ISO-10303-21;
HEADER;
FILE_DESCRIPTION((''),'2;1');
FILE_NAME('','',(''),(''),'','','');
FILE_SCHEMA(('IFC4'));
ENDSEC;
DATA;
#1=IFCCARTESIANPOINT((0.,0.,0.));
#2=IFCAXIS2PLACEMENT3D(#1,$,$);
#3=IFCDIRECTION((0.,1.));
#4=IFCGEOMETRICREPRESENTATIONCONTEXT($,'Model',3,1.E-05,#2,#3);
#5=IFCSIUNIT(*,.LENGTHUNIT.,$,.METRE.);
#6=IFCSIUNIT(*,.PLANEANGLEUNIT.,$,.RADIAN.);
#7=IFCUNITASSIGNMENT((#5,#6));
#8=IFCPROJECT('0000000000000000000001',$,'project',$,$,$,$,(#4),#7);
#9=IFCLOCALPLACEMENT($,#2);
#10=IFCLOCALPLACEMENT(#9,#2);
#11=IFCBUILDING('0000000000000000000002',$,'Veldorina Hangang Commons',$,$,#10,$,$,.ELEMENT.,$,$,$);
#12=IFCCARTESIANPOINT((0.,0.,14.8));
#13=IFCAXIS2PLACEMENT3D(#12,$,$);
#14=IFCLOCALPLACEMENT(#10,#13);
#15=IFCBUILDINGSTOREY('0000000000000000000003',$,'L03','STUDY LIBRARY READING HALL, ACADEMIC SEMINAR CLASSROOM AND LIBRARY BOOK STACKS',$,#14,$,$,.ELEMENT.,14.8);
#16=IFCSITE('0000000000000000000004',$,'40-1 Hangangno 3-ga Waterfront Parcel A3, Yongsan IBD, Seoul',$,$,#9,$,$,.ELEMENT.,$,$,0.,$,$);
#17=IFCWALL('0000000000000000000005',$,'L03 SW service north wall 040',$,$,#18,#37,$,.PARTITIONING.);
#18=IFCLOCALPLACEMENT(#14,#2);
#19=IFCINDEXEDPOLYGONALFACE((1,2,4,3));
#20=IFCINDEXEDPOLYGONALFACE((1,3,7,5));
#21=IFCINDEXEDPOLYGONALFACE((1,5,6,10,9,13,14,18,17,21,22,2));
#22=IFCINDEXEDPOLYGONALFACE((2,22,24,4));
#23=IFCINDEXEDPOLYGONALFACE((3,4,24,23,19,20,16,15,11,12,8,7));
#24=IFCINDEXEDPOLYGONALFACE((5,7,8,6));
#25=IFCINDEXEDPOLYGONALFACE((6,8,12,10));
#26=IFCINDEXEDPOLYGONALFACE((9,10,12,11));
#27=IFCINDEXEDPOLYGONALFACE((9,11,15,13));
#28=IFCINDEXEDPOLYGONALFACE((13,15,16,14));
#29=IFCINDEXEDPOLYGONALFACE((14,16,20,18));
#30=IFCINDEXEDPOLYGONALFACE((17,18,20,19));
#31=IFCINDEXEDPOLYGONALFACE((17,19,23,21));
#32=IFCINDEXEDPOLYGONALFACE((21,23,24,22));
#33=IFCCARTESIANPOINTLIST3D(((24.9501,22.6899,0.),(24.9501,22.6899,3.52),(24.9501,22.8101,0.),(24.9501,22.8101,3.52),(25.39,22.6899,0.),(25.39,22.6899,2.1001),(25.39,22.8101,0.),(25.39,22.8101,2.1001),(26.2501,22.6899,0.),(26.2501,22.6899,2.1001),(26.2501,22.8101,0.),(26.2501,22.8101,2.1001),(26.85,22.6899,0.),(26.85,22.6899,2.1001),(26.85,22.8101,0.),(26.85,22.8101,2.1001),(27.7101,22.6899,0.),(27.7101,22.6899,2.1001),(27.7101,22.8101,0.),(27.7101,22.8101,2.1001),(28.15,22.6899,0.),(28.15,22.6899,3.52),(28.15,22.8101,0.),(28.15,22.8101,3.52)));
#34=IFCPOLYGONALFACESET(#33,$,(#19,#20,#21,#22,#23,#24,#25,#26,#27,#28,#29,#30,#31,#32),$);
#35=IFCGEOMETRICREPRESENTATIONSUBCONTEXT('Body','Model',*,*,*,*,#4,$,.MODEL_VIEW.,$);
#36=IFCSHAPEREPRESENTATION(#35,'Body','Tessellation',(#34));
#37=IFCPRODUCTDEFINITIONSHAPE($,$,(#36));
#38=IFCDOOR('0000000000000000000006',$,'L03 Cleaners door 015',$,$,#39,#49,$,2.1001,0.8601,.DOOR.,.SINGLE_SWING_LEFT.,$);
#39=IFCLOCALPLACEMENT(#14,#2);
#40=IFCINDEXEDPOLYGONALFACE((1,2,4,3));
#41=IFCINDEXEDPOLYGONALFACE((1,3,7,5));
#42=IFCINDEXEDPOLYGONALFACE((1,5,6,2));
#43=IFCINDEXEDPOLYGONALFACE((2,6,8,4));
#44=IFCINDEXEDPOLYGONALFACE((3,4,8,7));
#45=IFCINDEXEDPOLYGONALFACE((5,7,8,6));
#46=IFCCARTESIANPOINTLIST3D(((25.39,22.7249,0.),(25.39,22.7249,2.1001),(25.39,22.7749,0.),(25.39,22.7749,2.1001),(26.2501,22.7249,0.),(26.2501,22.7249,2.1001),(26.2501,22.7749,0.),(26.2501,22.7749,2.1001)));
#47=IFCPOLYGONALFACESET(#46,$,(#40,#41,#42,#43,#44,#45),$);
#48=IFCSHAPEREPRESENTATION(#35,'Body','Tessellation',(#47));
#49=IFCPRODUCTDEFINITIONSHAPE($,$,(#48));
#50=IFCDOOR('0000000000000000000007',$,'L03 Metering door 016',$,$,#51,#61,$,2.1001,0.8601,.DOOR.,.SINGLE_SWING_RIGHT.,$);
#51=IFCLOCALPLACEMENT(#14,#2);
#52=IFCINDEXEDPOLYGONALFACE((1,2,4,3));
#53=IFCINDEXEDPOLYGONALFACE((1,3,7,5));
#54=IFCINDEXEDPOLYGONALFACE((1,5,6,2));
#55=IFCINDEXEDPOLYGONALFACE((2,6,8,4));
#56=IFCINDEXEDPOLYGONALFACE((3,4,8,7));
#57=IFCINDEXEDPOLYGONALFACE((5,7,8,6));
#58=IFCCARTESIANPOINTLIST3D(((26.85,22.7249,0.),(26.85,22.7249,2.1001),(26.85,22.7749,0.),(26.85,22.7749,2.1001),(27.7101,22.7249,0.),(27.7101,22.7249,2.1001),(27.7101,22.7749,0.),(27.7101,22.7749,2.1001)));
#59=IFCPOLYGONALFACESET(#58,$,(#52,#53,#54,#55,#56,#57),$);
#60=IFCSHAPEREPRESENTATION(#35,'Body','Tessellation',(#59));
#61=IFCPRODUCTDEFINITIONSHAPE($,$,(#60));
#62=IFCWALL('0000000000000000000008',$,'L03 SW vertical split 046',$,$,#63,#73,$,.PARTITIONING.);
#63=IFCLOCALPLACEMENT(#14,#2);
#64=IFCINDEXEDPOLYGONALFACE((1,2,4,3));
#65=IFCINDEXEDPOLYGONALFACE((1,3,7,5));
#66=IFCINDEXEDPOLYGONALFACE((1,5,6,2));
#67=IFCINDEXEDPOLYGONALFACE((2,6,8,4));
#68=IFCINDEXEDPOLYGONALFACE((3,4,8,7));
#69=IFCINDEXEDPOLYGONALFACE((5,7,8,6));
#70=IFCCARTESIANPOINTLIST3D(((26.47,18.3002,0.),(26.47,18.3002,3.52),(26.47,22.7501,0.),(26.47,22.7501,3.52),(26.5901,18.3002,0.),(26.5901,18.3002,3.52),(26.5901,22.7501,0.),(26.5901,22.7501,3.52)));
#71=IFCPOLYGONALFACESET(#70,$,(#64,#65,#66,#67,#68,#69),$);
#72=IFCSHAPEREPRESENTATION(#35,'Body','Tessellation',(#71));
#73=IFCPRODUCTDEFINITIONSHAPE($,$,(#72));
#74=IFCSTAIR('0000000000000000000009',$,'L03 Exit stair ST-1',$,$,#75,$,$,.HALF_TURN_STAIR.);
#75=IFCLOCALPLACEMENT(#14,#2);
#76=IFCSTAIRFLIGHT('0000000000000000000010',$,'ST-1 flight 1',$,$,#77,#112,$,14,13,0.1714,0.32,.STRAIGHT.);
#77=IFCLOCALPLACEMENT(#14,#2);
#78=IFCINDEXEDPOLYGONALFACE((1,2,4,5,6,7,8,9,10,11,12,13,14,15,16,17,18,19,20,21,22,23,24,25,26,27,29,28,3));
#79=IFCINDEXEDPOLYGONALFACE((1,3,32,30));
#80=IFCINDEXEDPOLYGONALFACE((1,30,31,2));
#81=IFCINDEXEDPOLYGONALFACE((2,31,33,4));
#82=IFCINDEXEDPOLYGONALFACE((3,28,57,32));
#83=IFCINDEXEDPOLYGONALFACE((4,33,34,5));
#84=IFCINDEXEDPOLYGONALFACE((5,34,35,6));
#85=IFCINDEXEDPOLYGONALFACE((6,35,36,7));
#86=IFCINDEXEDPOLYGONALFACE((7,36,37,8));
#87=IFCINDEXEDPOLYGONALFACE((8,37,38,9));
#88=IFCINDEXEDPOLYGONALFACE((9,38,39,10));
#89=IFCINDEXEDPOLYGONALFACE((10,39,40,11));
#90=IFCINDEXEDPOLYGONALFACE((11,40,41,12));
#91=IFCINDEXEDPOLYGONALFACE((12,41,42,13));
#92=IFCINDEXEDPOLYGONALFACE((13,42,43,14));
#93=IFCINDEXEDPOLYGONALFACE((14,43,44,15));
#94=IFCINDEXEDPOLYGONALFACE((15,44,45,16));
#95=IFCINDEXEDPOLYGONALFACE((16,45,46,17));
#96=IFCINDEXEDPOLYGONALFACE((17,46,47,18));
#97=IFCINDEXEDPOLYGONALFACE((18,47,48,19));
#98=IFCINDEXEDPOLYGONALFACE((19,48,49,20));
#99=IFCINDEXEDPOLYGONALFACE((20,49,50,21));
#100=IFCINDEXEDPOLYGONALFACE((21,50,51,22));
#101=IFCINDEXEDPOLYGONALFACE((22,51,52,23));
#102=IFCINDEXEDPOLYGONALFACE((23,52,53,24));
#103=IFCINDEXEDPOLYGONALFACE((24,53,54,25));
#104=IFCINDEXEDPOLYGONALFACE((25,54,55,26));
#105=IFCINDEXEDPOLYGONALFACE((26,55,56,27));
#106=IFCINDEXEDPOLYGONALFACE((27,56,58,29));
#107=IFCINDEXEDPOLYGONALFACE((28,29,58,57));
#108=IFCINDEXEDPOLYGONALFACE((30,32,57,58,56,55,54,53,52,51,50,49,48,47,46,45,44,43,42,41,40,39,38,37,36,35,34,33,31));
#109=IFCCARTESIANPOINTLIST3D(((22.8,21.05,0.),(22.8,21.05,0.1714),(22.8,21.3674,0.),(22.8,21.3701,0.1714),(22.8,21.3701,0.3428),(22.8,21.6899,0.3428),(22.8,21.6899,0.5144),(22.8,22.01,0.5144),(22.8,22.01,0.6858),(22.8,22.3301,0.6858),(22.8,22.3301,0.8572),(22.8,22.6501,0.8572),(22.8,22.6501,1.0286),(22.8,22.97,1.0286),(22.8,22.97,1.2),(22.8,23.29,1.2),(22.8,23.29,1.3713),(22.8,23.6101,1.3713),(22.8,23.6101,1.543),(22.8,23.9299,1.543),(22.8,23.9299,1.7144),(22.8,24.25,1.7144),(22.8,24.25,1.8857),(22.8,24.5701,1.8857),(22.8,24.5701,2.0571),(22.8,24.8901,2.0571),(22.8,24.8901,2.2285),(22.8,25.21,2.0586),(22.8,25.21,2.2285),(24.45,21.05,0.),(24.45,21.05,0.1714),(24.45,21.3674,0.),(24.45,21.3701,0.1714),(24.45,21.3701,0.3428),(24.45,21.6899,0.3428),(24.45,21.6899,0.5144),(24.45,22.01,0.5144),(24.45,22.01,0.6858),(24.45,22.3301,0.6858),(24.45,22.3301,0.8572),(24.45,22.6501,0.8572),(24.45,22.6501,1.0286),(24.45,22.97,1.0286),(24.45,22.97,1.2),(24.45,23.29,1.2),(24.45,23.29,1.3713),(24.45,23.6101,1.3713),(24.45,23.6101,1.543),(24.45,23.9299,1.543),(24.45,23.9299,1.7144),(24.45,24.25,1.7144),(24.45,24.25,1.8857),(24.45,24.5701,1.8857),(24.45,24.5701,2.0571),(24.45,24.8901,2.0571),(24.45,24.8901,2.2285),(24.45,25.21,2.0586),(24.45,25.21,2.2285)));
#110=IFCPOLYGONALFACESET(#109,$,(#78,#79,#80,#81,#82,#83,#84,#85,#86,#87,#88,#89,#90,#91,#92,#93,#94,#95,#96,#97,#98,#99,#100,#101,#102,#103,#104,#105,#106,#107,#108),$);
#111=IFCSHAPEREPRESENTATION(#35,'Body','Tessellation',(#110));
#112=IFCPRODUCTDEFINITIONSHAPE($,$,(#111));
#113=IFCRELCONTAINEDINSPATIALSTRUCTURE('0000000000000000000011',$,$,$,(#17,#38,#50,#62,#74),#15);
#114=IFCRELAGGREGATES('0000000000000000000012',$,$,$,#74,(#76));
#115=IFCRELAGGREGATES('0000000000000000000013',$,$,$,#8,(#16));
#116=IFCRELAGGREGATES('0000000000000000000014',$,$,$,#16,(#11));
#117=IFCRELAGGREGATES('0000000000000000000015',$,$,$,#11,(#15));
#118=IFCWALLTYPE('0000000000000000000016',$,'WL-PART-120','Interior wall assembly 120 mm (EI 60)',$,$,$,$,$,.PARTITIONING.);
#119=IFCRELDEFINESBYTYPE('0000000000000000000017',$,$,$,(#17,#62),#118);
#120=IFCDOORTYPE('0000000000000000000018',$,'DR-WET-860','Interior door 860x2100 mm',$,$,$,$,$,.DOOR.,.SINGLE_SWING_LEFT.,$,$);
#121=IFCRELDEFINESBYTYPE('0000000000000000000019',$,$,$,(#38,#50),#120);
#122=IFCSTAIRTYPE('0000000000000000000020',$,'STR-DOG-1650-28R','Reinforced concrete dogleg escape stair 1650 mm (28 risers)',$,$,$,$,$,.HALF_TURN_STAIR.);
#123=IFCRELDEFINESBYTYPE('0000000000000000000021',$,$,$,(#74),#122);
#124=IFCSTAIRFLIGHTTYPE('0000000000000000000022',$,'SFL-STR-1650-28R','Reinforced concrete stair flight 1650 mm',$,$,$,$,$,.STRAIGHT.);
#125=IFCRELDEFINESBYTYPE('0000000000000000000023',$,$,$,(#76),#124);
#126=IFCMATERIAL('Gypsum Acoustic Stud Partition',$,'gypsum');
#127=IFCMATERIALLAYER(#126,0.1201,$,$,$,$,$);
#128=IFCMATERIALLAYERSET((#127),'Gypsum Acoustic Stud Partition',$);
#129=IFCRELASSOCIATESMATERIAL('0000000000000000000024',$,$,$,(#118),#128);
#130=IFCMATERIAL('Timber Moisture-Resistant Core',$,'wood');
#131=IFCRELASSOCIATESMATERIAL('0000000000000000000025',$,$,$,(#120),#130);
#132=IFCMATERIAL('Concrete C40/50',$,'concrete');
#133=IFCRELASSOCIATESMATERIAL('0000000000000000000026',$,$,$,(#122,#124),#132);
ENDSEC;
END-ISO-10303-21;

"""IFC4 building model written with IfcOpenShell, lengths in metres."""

from ifc_helpers import new_model, si_unit, direction, frame, frame_2d, origin, place, context, subcontext, project, spatial, polyline, rectangle, outline, extrude, material, layer, layer_set, type_object, element, fill, aggregate, save


model = new_model("IFC4")

# Units and contexts
model_context = context("Model", 3, precision=1e-05, world=origin(), true_north=direction((0.0, 1.0)))
body_context = subcontext(model_context, "Body", "Model", "MODEL_VIEW")
ifc_project = project(units=[si_unit("LENGTHUNIT", "METRE"), si_unit("PLANEANGLEUNIT", "RADIAN")], contexts=[model_context])

# Site, building, storey
site_placement = place(None, origin())
site = spatial("IfcSite", under=ifc_project, at=site_placement, Name="40-1 Hangangno 3-ga Waterfront Parcel A3, Yongsan IBD, Seoul", CompositionType="ELEMENT", RefElevation=0.0)
building_placement = place(site_placement, origin())
building = spatial("IfcBuilding", under=site, at=building_placement, Name="Veldorina Hangang Commons", CompositionType="ELEMENT")
storey_placement = place(building_placement, frame((0.0, 0.0, 14.8)))
storey = spatial("IfcBuildingStorey", under=building, at=storey_placement, Name="L03", Description="STUDY LIBRARY READING HALL, ACADEMIC SEMINAR CLASSROOM AND LIBRARY BOOK STACKS", CompositionType="ELEMENT", Elevation=14.8)

# Wall, openings, doors
ifc_material_1 = material(Name="Gypsum Acoustic Stud Partition", Category="gypsum")
ifc_layer_1 = layer(ifc_material_1, 0.1201)
ifc_layer_set_1 = layer_set([ifc_layer_1], Name="Gypsum Acoustic Stud Partition")
wall_type_1 = type_object("IfcWallType", Name="WL-PART-120", Description="Interior wall assembly 120 mm (EI 60)", PredefinedType="PARTITIONING", material=ifc_layer_set_1)
wall_1_placement = place(storey_placement, frame((24.95, 22.75, 0.0), z_axis=(0.0, 0.0, 1.0), x_axis=(1.0, 0.0, 0.0)))
wall_1 = element("IfcWall", 1, at=wall_1_placement, inside=storey, type_object=wall_type_1, Name="L03 SW service north wall 040", PredefinedType="PARTITIONING", context=body_context, shape_type="SweptSolid", body=[
    extrude(rectangle(XDim=3.2, YDim=0.1201, at=frame_2d((1.6001, 0.0))), origin(), (0.0, 0.0, 1.0), 3.52),
])
opening_1_placement = place(wall_1_placement, frame((0.4399, 0.0, 0.0)))
opening_1 = element("IfcOpeningElement", 2, at=opening_1_placement, cuts=wall_1, PredefinedType="OPENING", context=body_context, shape_type="SweptSolid", body=[
    extrude(rectangle(XDim=0.8601, YDim=2.1001, at=frame_2d((0.4302, 1.05))), frame((0.0, 0.0701, 0.0), z_axis=(0.0, -1.0, 0.0), x_axis=(1.0, 0.0, 0.0)), (0.0, 0.0, 1.0), 0.1401),
])
opening_2_placement = place(wall_1_placement, frame((1.8999, 0.0, 0.0)))
opening_2 = element("IfcOpeningElement", 3, at=opening_2_placement, cuts=wall_1, PredefinedType="OPENING", context=body_context, shape_type="SweptSolid", body=[
    extrude(rectangle(XDim=0.8601, YDim=2.1001, at=frame_2d((0.4302, 1.05))), frame((0.0, 0.0701, 0.0), z_axis=(0.0, -1.0, 0.0), x_axis=(1.0, 0.0, 0.0)), (0.0, 0.0, 1.0), 0.1401),
])
ifc_material_2 = material(Name="Timber Moisture-Resistant Core", Category="wood")
door_type_1 = type_object("IfcDoorType", Name="DR-WET-860", Description="Interior door 860x2100 mm", OperationType="SINGLE_SWING_LEFT", PredefinedType="DOOR", material=ifc_material_2)
door_1_placement = place(opening_1_placement, origin())
door_1 = element("IfcDoor", 4, at=door_1_placement, inside=storey, type_object=door_type_1, Name="L03 Cleaners door 015", OperationType="SINGLE_SWING_LEFT", OverallHeight=2.1001, OverallWidth=0.8601, PredefinedType="DOOR", context=body_context, shape_type="SweptSolid", body=[
    extrude(rectangle(XDim=0.8601, YDim=2.1001, at=frame_2d((0.4302, 1.05))), frame((0.0, 0.0249, 0.0), z_axis=(0.0, -1.0, 0.0), x_axis=(1.0, 0.0, 0.0)), (0.0, 0.0, 1.0), 0.05),
])
fill(opening_1, door_1)
door_2_placement = place(opening_2_placement, origin())
door_2 = element("IfcDoor", 5, at=door_2_placement, inside=storey, type_object=door_type_1, Name="L03 Metering door 016", OperationType="SINGLE_SWING_RIGHT", OverallHeight=2.1001, OverallWidth=0.8601, PredefinedType="DOOR", context=body_context, shape_type="SweptSolid", body=[
    extrude(rectangle(XDim=0.8601, YDim=2.1001, at=frame_2d((0.4302, 1.05))), frame((0.0, 0.0249, 0.0), z_axis=(0.0, -1.0, 0.0), x_axis=(1.0, 0.0, 0.0)), (0.0, 0.0, 1.0), 0.05),
])
fill(opening_2, door_2)

# Wall
wall_2_placement = place(storey_placement, frame((26.53, 18.3, 0.0), z_axis=(0.0, 0.0, 1.0), x_axis=(0.0, 1.0, 0.0)))
element("IfcWall", 6, at=wall_2_placement, inside=storey, type_object=wall_type_1, Name="L03 SW vertical split 046", PredefinedType="PARTITIONING", context=body_context, shape_type="SweptSolid", body=[
    extrude(rectangle(XDim=4.45, YDim=0.1201, at=frame_2d((2.2251, 0.0))), origin(), (0.0, 0.0, 1.0), 3.52),
])

# Stair, stair flight
ifc_material_3 = material(Name="Concrete C40/50", Category="concrete")
stair_type = type_object("IfcStairType", Name="STR-DOG-1650-28R", Description="Reinforced concrete dogleg escape stair 1650 mm (28 risers)", PredefinedType="HALF_TURN_STAIR", material=ifc_material_3)
stair_placement = place(storey_placement, origin())
stair = element("IfcStair", 7, at=stair_placement, inside=storey, type_object=stair_type, Name="L03 Exit stair ST-1", PredefinedType="HALF_TURN_STAIR")
stair_flight_type = type_object("IfcStairFlightType", Name="SFL-STR-1650-28R", Description="Reinforced concrete stair flight 1650 mm", PredefinedType="STRAIGHT", material=ifc_material_3)
stair_flight_placement = place(storey_placement, frame((23.625, 21.05, 0.0), z_axis=(0.0, 0.0, 1.0), x_axis=(0.0, 1.0, 0.0)))
stair_flight = element("IfcStairFlight", 8, at=stair_flight_placement, type_object=stair_flight_type, Name="ST-1 flight 1", NumberOfRisers=14, NumberOfTreads=13, PredefinedType="STRAIGHT", RiserHeight=0.1714, TreadLength=0.32, context=body_context, shape_type="SweptSolid", body=[
    extrude(outline(polyline([(0.0, 0.0), (0.0, 0.1714), (0.3201, 0.1714), (0.3201, 0.3428), (0.6399, 0.3428), (0.6399, 0.5144), (0.96, 0.5144), (0.96, 0.6858), (1.28, 0.6858), (1.28, 0.8572), (1.6001, 0.8572), (1.6001, 1.0286), (1.9199, 1.0286), (1.9199, 1.2), (2.24, 1.2), (2.24, 1.3713), (2.5601, 1.3713), (2.5601, 1.543), (2.8799, 1.543), (2.8799, 1.7144), (3.2, 1.7144), (3.2, 1.8857), (3.52, 1.8857), (3.52, 2.0571), (3.8401, 2.0571), (3.8401, 2.2285), (4.1599, 2.2285), (4.1599, 2.3999), (4.1599, 2.0586), (0.3174, 0.0), (0.0, 0.0)])), frame((0.0, 0.825, 0.0), z_axis=(0.0, -1.0, 0.0), x_axis=(1.0, 0.0, 0.0)), (0.0, 0.0, 1.0), 1.6499),
])
aggregate(stair, [stair_flight])

save(model, "model.ifc")
